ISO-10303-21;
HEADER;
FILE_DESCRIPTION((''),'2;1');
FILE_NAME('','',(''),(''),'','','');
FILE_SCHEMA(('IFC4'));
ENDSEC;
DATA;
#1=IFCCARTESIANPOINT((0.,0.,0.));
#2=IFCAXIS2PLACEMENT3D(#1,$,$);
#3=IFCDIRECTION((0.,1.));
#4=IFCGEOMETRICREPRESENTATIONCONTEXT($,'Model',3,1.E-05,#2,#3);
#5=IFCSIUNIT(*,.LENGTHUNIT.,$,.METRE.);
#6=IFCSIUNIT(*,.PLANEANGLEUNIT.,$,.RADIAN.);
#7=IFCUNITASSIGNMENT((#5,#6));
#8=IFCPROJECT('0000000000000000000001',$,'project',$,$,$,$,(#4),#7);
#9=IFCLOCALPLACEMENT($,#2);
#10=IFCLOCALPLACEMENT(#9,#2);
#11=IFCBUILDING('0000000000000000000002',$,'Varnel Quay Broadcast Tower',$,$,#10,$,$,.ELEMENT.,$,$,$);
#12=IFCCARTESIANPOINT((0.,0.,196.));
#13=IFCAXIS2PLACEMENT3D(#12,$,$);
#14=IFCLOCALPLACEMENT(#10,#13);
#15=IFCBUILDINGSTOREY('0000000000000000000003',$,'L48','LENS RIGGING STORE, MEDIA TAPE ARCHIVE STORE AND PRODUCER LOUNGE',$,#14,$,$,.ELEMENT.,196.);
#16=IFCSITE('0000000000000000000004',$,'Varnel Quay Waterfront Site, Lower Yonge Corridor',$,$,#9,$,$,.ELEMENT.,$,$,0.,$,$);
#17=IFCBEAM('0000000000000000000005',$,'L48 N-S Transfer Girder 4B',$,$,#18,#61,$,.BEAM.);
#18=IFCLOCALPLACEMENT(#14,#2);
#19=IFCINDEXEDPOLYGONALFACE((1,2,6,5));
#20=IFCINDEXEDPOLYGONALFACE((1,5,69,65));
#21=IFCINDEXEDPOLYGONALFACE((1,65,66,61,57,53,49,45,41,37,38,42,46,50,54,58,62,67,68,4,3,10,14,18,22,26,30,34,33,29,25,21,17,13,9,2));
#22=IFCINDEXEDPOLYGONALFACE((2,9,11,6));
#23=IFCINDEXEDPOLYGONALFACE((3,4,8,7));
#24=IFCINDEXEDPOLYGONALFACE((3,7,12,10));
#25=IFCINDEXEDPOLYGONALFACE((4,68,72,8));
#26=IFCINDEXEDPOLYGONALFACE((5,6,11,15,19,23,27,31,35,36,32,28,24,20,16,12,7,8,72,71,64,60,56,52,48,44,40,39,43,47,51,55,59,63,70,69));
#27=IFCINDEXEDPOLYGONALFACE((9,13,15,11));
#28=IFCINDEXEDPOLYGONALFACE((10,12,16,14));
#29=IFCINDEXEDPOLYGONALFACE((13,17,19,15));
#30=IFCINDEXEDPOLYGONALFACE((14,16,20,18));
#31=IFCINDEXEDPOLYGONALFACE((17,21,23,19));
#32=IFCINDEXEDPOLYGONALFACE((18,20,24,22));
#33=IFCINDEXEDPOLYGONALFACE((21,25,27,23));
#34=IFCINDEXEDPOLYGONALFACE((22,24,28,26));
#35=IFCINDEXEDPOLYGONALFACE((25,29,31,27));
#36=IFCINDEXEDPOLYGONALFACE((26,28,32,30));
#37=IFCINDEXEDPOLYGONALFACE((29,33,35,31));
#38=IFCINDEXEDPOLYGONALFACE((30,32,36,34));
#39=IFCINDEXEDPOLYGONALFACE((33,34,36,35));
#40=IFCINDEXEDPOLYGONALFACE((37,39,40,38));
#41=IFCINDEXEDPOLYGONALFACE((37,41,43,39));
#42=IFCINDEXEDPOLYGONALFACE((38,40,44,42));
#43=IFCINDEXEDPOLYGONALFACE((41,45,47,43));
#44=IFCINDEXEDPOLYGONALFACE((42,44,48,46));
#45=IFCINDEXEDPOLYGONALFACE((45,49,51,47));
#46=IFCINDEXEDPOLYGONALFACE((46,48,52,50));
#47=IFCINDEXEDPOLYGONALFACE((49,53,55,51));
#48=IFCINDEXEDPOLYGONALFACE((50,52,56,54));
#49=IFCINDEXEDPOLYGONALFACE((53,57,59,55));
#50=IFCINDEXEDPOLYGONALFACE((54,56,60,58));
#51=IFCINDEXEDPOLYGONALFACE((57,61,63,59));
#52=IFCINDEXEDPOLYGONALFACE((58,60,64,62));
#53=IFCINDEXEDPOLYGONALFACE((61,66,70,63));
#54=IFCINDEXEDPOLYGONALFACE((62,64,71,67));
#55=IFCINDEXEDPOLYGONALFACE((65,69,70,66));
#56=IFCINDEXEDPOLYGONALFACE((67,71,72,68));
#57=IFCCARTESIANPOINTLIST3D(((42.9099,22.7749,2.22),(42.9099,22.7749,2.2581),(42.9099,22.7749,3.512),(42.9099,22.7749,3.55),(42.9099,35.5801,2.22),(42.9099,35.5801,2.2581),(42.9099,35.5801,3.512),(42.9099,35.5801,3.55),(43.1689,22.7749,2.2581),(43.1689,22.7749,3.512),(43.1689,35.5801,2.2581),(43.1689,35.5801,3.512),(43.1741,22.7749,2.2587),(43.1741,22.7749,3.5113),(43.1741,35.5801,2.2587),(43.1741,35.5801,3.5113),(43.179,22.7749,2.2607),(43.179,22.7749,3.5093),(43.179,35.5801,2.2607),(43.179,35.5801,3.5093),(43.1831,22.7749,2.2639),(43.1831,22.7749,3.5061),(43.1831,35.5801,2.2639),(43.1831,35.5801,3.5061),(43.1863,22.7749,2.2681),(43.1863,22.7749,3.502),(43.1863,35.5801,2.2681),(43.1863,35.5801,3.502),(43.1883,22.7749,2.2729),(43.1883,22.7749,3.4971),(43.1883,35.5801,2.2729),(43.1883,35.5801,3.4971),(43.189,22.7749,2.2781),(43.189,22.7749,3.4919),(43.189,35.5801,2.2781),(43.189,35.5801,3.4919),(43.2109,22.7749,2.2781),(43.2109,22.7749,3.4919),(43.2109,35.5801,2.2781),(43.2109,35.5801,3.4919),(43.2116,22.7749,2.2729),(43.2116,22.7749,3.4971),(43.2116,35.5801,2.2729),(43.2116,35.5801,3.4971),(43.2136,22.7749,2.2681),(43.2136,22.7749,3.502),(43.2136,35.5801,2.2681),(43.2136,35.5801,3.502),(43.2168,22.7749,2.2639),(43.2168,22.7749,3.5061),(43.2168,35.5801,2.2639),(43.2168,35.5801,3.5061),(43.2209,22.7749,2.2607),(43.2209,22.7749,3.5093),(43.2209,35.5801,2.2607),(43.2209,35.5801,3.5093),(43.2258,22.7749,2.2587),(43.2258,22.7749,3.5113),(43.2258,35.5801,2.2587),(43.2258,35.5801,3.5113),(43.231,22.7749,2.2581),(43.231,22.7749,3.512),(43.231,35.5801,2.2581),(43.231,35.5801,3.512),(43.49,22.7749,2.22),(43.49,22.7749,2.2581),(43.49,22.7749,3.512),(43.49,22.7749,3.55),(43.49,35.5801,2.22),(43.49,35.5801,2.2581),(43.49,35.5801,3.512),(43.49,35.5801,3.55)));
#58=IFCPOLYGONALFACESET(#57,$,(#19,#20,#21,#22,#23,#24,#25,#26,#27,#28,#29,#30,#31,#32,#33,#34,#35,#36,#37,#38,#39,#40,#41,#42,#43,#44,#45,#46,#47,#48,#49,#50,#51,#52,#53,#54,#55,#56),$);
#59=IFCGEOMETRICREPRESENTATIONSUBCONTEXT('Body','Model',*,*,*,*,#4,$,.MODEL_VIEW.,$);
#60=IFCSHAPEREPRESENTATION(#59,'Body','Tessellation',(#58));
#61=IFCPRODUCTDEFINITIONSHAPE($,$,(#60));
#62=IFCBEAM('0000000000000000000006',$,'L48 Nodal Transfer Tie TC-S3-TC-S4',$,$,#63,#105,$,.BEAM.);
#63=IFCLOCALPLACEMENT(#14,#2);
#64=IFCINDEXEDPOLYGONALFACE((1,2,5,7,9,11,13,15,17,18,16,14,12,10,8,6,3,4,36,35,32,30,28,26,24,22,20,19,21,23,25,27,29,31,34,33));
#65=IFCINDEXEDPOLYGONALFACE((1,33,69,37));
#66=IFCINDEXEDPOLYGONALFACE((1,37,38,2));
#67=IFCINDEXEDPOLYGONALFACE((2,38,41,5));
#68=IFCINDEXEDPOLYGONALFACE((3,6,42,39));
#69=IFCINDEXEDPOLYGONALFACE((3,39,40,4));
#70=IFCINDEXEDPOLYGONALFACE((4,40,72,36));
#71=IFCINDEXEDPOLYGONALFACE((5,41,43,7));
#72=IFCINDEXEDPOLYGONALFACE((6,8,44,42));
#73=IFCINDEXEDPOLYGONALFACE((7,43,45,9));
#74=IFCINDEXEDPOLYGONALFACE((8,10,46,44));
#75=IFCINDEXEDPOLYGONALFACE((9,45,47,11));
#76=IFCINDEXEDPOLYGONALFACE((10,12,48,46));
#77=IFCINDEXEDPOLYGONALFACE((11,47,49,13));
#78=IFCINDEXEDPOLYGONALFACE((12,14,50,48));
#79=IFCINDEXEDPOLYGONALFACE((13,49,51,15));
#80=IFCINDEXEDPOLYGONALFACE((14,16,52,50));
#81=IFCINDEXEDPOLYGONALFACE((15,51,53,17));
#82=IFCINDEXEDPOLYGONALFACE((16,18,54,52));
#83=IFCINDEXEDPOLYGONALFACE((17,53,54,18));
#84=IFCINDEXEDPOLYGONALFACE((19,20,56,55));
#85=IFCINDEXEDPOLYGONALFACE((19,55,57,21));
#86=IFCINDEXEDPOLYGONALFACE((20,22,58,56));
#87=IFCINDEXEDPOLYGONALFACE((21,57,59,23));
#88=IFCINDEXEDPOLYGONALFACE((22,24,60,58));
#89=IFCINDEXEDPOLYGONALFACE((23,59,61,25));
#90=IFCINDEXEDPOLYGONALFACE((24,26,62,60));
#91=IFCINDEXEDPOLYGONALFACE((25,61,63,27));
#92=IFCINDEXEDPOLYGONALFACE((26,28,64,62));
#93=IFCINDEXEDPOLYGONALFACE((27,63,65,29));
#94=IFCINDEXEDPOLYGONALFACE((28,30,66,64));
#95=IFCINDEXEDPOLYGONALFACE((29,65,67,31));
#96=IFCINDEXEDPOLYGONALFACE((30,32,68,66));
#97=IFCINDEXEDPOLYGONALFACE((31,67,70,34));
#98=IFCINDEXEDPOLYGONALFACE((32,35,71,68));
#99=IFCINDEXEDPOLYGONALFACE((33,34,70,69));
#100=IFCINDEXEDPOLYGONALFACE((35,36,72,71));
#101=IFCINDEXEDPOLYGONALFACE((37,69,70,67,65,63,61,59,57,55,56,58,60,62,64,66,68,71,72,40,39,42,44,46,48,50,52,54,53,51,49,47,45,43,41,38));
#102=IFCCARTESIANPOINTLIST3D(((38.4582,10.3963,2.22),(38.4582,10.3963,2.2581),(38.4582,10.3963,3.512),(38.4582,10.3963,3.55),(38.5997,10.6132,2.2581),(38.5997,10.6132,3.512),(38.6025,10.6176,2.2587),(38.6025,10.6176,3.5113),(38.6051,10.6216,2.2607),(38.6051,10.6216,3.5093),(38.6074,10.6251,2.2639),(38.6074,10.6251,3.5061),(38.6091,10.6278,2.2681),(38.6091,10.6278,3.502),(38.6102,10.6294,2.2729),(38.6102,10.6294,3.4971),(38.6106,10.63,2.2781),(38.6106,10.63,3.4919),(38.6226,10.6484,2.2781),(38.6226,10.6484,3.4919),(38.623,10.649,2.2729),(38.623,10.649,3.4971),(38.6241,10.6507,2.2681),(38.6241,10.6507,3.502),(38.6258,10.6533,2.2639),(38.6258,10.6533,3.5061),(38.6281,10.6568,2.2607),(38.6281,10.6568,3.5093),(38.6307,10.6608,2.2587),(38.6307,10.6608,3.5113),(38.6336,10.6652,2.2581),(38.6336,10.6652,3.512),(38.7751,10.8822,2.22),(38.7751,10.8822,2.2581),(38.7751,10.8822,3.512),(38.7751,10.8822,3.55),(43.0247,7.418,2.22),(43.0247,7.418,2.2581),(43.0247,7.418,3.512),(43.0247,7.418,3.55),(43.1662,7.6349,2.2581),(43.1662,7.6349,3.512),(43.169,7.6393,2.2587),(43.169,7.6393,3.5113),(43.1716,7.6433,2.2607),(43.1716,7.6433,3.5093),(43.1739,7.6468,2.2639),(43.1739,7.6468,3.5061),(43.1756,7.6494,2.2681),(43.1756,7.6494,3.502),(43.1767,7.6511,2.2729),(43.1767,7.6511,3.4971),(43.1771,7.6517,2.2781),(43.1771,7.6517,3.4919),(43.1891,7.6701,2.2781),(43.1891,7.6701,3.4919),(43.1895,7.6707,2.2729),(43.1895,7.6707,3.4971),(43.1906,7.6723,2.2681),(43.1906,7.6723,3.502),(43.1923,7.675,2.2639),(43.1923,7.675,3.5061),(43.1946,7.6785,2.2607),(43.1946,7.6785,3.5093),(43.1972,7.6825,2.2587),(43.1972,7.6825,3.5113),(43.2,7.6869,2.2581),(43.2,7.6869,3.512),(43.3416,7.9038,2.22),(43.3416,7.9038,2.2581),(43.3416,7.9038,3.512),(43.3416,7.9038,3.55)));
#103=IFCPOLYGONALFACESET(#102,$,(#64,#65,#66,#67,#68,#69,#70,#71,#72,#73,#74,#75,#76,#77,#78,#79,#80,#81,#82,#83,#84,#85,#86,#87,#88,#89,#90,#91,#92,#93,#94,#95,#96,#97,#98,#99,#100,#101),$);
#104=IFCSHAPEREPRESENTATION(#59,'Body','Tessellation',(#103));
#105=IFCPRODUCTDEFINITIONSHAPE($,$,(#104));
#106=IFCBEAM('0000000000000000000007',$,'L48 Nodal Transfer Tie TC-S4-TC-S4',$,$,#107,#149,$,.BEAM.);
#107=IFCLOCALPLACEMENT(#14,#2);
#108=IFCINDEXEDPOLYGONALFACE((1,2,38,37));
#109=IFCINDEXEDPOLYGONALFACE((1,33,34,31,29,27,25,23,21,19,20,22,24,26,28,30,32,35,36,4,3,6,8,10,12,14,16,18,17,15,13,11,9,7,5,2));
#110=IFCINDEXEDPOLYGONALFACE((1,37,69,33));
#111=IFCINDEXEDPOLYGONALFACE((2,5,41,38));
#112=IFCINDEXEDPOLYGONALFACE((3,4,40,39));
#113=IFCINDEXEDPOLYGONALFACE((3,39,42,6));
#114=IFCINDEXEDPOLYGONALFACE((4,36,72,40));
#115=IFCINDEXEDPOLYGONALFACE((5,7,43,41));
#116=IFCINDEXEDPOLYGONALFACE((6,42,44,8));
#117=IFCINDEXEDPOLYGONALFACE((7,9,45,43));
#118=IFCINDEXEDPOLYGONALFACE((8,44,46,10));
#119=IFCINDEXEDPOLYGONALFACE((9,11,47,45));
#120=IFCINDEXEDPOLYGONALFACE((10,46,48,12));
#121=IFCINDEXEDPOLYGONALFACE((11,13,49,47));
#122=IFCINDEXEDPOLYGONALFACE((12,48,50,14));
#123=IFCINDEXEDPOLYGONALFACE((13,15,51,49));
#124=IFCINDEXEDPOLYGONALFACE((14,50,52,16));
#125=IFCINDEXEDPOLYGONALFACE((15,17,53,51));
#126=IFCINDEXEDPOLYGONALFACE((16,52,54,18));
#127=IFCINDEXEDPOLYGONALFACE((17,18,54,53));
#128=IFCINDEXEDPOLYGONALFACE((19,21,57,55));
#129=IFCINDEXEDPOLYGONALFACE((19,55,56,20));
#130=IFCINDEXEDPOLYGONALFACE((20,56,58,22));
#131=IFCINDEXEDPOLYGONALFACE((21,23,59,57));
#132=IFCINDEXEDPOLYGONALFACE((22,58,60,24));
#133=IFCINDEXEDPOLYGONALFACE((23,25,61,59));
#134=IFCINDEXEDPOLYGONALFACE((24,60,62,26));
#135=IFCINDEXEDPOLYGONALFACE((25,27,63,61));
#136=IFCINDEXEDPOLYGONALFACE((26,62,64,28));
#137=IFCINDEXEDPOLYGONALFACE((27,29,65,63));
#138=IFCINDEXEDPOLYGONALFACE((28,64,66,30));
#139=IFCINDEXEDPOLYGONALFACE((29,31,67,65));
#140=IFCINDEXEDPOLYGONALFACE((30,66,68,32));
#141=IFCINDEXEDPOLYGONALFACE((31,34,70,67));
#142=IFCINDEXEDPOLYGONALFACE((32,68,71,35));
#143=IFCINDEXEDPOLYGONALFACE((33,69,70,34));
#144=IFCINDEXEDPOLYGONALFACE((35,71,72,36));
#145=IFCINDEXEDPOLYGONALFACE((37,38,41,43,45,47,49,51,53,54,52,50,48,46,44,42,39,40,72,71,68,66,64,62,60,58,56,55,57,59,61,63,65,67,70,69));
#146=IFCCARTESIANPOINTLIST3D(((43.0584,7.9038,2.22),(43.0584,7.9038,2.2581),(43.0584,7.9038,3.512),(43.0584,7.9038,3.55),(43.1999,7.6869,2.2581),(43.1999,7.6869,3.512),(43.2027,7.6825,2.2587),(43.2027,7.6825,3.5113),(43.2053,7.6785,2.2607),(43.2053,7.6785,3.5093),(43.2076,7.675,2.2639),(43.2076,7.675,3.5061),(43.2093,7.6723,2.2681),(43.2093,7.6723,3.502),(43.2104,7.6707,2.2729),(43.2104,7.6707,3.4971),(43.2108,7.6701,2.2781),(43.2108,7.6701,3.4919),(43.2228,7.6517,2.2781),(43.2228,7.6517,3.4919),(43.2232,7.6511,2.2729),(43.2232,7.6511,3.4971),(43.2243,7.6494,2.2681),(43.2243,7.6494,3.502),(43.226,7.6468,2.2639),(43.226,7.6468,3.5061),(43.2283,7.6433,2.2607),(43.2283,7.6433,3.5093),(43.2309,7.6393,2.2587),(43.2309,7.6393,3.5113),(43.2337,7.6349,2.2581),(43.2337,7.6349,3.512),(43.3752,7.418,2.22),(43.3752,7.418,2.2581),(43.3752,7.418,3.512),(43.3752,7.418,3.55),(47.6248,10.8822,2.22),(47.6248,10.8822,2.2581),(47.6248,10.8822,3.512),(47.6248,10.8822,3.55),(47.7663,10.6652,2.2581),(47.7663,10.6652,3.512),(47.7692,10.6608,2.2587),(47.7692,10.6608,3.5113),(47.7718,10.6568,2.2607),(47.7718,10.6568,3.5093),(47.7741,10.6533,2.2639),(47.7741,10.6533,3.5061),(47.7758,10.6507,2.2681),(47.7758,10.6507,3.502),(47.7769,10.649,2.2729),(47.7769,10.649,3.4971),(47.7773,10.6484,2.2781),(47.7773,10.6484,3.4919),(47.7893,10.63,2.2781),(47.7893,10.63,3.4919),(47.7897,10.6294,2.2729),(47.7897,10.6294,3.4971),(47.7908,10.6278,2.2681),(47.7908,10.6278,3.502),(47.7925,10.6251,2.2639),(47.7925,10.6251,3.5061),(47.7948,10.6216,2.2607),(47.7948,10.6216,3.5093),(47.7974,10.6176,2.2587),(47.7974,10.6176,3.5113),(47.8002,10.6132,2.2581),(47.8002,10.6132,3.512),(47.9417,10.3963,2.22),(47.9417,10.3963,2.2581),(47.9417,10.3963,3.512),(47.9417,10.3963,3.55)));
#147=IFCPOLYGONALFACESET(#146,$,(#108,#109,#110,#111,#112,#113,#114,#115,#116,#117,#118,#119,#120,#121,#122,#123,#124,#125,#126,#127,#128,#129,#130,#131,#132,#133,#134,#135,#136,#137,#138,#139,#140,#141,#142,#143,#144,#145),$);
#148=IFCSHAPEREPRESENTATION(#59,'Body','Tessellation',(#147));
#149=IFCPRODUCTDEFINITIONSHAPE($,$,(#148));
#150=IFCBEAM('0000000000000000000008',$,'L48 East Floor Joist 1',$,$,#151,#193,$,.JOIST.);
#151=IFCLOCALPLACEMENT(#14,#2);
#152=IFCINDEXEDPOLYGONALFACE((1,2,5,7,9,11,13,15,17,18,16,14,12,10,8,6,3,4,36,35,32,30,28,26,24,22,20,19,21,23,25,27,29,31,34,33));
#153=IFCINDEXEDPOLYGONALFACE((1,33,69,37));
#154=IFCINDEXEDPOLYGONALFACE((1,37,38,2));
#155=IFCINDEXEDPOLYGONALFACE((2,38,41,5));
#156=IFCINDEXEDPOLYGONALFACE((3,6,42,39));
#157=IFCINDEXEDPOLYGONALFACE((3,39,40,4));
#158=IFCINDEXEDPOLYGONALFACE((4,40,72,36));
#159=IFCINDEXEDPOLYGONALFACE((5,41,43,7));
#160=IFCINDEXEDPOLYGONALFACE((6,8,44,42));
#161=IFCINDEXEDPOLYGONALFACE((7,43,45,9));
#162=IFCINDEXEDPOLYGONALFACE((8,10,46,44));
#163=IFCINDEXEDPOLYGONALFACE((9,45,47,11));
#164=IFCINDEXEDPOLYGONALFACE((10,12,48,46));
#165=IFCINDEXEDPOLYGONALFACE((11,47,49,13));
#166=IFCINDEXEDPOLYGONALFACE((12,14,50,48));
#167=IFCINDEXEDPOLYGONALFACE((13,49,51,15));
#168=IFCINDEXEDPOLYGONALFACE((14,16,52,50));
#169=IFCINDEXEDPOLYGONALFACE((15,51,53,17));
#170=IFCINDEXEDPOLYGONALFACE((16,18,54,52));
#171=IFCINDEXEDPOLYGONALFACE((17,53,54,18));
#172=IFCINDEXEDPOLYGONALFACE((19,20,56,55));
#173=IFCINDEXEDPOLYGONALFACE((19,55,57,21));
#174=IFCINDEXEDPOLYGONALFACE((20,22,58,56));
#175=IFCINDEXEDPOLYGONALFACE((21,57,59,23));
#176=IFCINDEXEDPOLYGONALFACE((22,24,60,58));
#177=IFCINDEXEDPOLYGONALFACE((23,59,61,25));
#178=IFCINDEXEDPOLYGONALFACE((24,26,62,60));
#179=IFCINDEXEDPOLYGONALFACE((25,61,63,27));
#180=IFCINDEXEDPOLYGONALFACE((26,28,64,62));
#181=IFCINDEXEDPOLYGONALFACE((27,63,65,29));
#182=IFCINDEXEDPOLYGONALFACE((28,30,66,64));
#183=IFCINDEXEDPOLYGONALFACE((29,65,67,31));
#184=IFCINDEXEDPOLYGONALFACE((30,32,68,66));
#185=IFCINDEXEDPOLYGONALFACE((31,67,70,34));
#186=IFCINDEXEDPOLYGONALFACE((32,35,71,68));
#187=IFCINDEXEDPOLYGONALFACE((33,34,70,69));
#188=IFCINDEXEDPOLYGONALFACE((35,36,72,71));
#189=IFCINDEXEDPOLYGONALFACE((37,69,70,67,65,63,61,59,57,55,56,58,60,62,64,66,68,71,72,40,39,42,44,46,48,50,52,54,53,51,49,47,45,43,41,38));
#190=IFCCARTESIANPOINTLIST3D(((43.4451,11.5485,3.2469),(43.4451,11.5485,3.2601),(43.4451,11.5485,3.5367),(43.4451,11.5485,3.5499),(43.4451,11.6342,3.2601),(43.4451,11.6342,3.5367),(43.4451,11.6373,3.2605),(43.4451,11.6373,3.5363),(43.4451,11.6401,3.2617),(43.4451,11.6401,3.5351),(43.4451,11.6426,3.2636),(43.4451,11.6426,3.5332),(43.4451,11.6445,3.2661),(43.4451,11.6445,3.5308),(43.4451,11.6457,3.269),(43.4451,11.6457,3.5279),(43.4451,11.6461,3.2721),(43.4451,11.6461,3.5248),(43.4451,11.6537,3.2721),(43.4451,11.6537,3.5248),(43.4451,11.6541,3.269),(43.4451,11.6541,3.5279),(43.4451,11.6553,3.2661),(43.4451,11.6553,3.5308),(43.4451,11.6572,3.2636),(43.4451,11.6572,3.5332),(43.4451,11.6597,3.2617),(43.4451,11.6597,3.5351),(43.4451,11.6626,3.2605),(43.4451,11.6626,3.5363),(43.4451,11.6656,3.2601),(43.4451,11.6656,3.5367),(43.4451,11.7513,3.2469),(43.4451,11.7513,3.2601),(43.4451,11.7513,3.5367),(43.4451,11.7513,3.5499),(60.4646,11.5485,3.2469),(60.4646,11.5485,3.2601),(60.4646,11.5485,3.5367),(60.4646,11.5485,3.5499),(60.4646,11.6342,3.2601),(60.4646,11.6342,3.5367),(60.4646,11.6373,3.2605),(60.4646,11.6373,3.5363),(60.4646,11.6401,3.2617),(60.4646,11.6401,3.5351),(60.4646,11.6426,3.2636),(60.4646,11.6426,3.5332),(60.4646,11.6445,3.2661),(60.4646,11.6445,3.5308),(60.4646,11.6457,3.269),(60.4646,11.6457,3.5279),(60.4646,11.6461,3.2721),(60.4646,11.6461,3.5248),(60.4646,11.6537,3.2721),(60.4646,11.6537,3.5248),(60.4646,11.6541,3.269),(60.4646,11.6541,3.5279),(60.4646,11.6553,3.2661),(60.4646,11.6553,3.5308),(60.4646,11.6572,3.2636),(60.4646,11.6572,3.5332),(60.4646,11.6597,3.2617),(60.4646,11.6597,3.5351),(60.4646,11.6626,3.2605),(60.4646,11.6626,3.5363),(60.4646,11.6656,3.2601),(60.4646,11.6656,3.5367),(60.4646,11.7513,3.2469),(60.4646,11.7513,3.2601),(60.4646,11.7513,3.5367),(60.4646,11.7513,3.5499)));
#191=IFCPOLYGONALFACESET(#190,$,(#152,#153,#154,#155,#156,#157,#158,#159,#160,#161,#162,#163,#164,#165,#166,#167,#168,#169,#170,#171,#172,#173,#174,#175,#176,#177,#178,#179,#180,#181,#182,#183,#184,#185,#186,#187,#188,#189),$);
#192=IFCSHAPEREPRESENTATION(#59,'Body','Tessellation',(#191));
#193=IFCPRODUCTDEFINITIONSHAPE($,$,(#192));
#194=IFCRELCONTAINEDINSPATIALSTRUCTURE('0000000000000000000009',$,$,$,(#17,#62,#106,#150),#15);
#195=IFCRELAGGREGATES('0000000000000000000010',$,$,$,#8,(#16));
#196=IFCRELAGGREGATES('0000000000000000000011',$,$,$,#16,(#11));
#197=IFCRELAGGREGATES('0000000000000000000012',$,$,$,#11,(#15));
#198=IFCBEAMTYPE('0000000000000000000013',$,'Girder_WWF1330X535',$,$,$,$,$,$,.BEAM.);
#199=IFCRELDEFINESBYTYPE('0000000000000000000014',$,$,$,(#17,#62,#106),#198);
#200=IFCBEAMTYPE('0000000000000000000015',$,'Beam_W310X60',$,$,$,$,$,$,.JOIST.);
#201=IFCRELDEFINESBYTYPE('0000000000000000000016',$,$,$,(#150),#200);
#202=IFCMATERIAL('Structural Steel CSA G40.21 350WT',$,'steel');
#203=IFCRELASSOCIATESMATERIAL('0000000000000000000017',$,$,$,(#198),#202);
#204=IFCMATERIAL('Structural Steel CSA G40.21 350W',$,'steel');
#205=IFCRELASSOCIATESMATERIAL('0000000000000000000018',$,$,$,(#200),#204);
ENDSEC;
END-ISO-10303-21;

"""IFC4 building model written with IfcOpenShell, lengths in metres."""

from ifc_helpers import new_model, si_unit, direction, frame, origin, origin_2d, place, context, subcontext, project, spatial, i_section, extrude, source, transform, mapped, material, material_profile, profile_set, type_object, type_shapes, element, save


model = new_model("IFC4")

# Units and contexts
model_context = context("Model", 3, precision=1e-05, world=origin(), true_north=direction((0.0, 1.0)))
body_context = subcontext(model_context, "Body", "Model", "MODEL_VIEW")
ifc_project = project(units=[si_unit("LENGTHUNIT", "METRE"), si_unit("PLANEANGLEUNIT", "RADIAN")], contexts=[model_context])

# Site, building, storey
site_placement = place(None, origin())
site = spatial("IfcSite", under=ifc_project, at=site_placement, Name="Varnel Quay Waterfront Site, Lower Yonge Corridor", CompositionType="ELEMENT", RefElevation=0.0)
building_placement = place(site_placement, origin())
building = spatial("IfcBuilding", under=site, at=building_placement, Name="Varnel Quay Broadcast Tower", CompositionType="ELEMENT")
storey_placement = place(building_placement, frame((0.0, 0.0, 196.0)))
storey = spatial("IfcBuildingStorey", under=building, at=storey_placement, Name="L48", Description="LENS RIGGING STORE, MEDIA TAPE ARCHIVE STORE AND PRODUCER LOUNGE", CompositionType="ELEMENT", Elevation=196.0)

# Shared definitions
ifc_material_1 = material(Name="Structural Steel CSA G40.21 350W", Category="steel")

# Beams
ifc_material_2 = material(Name="Structural Steel CSA G40.21 350WT", Category="steel")
ifc_material_profile_1 = material_profile(ifc_material_2, i_section(OverallWidth=0.5801, OverallDepth=1.3301, WebThickness=0.022, FlangeThickness=0.0381, FilletRadius=0.02, at=origin_2d()), Name="WWF1330X535")
ifc_profile_set_1 = profile_set([ifc_material_profile_1], Name="Structural Steel CSA G40.21 350WT")
beam_type_1 = type_object("IfcBeamType", Name="Girder_WWF1330X535", PredefinedType="BEAM", material=ifc_profile_set_1)
shared_shape_1 = source(origin(), body_context, "Body", "SweptSolid", [
    extrude(i_section(OverallWidth=0.5801, OverallDepth=1.3301, WebThickness=0.022, FlangeThickness=0.0381, FilletRadius=0.02, at=origin_2d()), origin(), (0.0, 0.0, 1.0), 12.8052),
])
beam_1_placement = place(storey_placement, frame((43.2, 22.7749, 2.885), z_axis=(0.0, 1.0, 0.0), x_axis=(-1.0, 0.0, 0.0)))
element("IfcBeam", 1, at=beam_1_placement, inside=storey, type_object=beam_type_1, Name="L48 N-S Transfer Girder 4B", PredefinedType="BEAM", context=body_context, shape_type="MappedRepresentation", body=[
    mapped(shared_shape_1, transform((0.0, 0.0, 0.0), x_axis=(1.0, 0.0, 0.0), y_axis=(0.0, 1.0, 0.0), z_axis=(0.0, 0.0, 1.0), scale=1.0)),
])
shared_shape_2 = source(origin(), body_context, "Body", "SweptSolid", [
    extrude(i_section(OverallWidth=0.5801, OverallDepth=1.3301, WebThickness=0.022, FlangeThickness=0.0381, FilletRadius=0.02, at=origin_2d()), origin(), (0.0, 0.0, 1.0), 5.4519),
])
for number, where, z_axis, x_axis, name in (
    (2, (43.1831, 7.6609, 2.885), (-0.837595, 0.546291, 0.0), (-0.546291, -0.837595, 0.0), "L48 Nodal Transfer Tie TC-S3-TC-S4"),
    (3, (43.2168, 7.6609, 2.885), (0.837595, 0.546291, 0.0), (-0.546291, 0.837595, 0.0), "L48 Nodal Transfer Tie TC-S4-TC-S4"),
):
    element("IfcBeam", number, at=place(storey_placement, frame(where, z_axis=z_axis, x_axis=x_axis)), inside=storey, type_object=beam_type_1, Name=name, PredefinedType="BEAM", context=body_context, shape_type="MappedRepresentation", body=[
        mapped(shared_shape_2, transform((0.0, 0.0, 0.0), x_axis=(1.0, 0.0, 0.0), y_axis=(0.0, 1.0, 0.0), z_axis=(0.0, 0.0, 1.0), scale=1.0)),
    ])
ifc_material_profile_2 = material_profile(ifc_material_1, i_section(OverallWidth=0.2029, OverallDepth=0.303, WebThickness=0.0076, FlangeThickness=0.0132, FilletRadius=0.012, at=origin_2d()), Name="W310X60")
ifc_profile_set_2 = profile_set([ifc_material_profile_2], Name="Structural Steel CSA G40.21 350W")
beam_type_2 = type_object("IfcBeamType", Name="Beam_W310X60", PredefinedType="JOIST", material=ifc_profile_set_2)
shared_shape_3 = source(origin(), body_context, "Body", "SweptSolid", [
    extrude(i_section(OverallWidth=0.2029, OverallDepth=0.303, WebThickness=0.0076, FlangeThickness=0.0132, FilletRadius=0.012, at=origin_2d()), origin(), (0.0, 0.0, 1.0), 17.0195),
])
type_shapes(beam_type_2, [shared_shape_3])
for number, where, z_axis, x_axis, name in (
    (4, (43.4451, 11.6499, 3.3984), (1.0, 0.0, 0.0), (0.0, 1.0, 0.0), "L48 East Floor Joist 1"),
):
    element("IfcBeam", number, at=place(storey_placement, frame(where, z_axis=z_axis, x_axis=x_axis)), inside=storey, type_object=beam_type_2, Name=name, PredefinedType="JOIST", context=body_context, shape_type="MappedRepresentation", body=[
        mapped(shared_shape_3, transform((0.0, 0.0, 0.0), x_axis=(1.0, 0.0, 0.0), y_axis=(0.0, 1.0, 0.0), z_axis=(0.0, 0.0, 1.0), scale=1.0)),
    ])

save(model, "model.ifc")
